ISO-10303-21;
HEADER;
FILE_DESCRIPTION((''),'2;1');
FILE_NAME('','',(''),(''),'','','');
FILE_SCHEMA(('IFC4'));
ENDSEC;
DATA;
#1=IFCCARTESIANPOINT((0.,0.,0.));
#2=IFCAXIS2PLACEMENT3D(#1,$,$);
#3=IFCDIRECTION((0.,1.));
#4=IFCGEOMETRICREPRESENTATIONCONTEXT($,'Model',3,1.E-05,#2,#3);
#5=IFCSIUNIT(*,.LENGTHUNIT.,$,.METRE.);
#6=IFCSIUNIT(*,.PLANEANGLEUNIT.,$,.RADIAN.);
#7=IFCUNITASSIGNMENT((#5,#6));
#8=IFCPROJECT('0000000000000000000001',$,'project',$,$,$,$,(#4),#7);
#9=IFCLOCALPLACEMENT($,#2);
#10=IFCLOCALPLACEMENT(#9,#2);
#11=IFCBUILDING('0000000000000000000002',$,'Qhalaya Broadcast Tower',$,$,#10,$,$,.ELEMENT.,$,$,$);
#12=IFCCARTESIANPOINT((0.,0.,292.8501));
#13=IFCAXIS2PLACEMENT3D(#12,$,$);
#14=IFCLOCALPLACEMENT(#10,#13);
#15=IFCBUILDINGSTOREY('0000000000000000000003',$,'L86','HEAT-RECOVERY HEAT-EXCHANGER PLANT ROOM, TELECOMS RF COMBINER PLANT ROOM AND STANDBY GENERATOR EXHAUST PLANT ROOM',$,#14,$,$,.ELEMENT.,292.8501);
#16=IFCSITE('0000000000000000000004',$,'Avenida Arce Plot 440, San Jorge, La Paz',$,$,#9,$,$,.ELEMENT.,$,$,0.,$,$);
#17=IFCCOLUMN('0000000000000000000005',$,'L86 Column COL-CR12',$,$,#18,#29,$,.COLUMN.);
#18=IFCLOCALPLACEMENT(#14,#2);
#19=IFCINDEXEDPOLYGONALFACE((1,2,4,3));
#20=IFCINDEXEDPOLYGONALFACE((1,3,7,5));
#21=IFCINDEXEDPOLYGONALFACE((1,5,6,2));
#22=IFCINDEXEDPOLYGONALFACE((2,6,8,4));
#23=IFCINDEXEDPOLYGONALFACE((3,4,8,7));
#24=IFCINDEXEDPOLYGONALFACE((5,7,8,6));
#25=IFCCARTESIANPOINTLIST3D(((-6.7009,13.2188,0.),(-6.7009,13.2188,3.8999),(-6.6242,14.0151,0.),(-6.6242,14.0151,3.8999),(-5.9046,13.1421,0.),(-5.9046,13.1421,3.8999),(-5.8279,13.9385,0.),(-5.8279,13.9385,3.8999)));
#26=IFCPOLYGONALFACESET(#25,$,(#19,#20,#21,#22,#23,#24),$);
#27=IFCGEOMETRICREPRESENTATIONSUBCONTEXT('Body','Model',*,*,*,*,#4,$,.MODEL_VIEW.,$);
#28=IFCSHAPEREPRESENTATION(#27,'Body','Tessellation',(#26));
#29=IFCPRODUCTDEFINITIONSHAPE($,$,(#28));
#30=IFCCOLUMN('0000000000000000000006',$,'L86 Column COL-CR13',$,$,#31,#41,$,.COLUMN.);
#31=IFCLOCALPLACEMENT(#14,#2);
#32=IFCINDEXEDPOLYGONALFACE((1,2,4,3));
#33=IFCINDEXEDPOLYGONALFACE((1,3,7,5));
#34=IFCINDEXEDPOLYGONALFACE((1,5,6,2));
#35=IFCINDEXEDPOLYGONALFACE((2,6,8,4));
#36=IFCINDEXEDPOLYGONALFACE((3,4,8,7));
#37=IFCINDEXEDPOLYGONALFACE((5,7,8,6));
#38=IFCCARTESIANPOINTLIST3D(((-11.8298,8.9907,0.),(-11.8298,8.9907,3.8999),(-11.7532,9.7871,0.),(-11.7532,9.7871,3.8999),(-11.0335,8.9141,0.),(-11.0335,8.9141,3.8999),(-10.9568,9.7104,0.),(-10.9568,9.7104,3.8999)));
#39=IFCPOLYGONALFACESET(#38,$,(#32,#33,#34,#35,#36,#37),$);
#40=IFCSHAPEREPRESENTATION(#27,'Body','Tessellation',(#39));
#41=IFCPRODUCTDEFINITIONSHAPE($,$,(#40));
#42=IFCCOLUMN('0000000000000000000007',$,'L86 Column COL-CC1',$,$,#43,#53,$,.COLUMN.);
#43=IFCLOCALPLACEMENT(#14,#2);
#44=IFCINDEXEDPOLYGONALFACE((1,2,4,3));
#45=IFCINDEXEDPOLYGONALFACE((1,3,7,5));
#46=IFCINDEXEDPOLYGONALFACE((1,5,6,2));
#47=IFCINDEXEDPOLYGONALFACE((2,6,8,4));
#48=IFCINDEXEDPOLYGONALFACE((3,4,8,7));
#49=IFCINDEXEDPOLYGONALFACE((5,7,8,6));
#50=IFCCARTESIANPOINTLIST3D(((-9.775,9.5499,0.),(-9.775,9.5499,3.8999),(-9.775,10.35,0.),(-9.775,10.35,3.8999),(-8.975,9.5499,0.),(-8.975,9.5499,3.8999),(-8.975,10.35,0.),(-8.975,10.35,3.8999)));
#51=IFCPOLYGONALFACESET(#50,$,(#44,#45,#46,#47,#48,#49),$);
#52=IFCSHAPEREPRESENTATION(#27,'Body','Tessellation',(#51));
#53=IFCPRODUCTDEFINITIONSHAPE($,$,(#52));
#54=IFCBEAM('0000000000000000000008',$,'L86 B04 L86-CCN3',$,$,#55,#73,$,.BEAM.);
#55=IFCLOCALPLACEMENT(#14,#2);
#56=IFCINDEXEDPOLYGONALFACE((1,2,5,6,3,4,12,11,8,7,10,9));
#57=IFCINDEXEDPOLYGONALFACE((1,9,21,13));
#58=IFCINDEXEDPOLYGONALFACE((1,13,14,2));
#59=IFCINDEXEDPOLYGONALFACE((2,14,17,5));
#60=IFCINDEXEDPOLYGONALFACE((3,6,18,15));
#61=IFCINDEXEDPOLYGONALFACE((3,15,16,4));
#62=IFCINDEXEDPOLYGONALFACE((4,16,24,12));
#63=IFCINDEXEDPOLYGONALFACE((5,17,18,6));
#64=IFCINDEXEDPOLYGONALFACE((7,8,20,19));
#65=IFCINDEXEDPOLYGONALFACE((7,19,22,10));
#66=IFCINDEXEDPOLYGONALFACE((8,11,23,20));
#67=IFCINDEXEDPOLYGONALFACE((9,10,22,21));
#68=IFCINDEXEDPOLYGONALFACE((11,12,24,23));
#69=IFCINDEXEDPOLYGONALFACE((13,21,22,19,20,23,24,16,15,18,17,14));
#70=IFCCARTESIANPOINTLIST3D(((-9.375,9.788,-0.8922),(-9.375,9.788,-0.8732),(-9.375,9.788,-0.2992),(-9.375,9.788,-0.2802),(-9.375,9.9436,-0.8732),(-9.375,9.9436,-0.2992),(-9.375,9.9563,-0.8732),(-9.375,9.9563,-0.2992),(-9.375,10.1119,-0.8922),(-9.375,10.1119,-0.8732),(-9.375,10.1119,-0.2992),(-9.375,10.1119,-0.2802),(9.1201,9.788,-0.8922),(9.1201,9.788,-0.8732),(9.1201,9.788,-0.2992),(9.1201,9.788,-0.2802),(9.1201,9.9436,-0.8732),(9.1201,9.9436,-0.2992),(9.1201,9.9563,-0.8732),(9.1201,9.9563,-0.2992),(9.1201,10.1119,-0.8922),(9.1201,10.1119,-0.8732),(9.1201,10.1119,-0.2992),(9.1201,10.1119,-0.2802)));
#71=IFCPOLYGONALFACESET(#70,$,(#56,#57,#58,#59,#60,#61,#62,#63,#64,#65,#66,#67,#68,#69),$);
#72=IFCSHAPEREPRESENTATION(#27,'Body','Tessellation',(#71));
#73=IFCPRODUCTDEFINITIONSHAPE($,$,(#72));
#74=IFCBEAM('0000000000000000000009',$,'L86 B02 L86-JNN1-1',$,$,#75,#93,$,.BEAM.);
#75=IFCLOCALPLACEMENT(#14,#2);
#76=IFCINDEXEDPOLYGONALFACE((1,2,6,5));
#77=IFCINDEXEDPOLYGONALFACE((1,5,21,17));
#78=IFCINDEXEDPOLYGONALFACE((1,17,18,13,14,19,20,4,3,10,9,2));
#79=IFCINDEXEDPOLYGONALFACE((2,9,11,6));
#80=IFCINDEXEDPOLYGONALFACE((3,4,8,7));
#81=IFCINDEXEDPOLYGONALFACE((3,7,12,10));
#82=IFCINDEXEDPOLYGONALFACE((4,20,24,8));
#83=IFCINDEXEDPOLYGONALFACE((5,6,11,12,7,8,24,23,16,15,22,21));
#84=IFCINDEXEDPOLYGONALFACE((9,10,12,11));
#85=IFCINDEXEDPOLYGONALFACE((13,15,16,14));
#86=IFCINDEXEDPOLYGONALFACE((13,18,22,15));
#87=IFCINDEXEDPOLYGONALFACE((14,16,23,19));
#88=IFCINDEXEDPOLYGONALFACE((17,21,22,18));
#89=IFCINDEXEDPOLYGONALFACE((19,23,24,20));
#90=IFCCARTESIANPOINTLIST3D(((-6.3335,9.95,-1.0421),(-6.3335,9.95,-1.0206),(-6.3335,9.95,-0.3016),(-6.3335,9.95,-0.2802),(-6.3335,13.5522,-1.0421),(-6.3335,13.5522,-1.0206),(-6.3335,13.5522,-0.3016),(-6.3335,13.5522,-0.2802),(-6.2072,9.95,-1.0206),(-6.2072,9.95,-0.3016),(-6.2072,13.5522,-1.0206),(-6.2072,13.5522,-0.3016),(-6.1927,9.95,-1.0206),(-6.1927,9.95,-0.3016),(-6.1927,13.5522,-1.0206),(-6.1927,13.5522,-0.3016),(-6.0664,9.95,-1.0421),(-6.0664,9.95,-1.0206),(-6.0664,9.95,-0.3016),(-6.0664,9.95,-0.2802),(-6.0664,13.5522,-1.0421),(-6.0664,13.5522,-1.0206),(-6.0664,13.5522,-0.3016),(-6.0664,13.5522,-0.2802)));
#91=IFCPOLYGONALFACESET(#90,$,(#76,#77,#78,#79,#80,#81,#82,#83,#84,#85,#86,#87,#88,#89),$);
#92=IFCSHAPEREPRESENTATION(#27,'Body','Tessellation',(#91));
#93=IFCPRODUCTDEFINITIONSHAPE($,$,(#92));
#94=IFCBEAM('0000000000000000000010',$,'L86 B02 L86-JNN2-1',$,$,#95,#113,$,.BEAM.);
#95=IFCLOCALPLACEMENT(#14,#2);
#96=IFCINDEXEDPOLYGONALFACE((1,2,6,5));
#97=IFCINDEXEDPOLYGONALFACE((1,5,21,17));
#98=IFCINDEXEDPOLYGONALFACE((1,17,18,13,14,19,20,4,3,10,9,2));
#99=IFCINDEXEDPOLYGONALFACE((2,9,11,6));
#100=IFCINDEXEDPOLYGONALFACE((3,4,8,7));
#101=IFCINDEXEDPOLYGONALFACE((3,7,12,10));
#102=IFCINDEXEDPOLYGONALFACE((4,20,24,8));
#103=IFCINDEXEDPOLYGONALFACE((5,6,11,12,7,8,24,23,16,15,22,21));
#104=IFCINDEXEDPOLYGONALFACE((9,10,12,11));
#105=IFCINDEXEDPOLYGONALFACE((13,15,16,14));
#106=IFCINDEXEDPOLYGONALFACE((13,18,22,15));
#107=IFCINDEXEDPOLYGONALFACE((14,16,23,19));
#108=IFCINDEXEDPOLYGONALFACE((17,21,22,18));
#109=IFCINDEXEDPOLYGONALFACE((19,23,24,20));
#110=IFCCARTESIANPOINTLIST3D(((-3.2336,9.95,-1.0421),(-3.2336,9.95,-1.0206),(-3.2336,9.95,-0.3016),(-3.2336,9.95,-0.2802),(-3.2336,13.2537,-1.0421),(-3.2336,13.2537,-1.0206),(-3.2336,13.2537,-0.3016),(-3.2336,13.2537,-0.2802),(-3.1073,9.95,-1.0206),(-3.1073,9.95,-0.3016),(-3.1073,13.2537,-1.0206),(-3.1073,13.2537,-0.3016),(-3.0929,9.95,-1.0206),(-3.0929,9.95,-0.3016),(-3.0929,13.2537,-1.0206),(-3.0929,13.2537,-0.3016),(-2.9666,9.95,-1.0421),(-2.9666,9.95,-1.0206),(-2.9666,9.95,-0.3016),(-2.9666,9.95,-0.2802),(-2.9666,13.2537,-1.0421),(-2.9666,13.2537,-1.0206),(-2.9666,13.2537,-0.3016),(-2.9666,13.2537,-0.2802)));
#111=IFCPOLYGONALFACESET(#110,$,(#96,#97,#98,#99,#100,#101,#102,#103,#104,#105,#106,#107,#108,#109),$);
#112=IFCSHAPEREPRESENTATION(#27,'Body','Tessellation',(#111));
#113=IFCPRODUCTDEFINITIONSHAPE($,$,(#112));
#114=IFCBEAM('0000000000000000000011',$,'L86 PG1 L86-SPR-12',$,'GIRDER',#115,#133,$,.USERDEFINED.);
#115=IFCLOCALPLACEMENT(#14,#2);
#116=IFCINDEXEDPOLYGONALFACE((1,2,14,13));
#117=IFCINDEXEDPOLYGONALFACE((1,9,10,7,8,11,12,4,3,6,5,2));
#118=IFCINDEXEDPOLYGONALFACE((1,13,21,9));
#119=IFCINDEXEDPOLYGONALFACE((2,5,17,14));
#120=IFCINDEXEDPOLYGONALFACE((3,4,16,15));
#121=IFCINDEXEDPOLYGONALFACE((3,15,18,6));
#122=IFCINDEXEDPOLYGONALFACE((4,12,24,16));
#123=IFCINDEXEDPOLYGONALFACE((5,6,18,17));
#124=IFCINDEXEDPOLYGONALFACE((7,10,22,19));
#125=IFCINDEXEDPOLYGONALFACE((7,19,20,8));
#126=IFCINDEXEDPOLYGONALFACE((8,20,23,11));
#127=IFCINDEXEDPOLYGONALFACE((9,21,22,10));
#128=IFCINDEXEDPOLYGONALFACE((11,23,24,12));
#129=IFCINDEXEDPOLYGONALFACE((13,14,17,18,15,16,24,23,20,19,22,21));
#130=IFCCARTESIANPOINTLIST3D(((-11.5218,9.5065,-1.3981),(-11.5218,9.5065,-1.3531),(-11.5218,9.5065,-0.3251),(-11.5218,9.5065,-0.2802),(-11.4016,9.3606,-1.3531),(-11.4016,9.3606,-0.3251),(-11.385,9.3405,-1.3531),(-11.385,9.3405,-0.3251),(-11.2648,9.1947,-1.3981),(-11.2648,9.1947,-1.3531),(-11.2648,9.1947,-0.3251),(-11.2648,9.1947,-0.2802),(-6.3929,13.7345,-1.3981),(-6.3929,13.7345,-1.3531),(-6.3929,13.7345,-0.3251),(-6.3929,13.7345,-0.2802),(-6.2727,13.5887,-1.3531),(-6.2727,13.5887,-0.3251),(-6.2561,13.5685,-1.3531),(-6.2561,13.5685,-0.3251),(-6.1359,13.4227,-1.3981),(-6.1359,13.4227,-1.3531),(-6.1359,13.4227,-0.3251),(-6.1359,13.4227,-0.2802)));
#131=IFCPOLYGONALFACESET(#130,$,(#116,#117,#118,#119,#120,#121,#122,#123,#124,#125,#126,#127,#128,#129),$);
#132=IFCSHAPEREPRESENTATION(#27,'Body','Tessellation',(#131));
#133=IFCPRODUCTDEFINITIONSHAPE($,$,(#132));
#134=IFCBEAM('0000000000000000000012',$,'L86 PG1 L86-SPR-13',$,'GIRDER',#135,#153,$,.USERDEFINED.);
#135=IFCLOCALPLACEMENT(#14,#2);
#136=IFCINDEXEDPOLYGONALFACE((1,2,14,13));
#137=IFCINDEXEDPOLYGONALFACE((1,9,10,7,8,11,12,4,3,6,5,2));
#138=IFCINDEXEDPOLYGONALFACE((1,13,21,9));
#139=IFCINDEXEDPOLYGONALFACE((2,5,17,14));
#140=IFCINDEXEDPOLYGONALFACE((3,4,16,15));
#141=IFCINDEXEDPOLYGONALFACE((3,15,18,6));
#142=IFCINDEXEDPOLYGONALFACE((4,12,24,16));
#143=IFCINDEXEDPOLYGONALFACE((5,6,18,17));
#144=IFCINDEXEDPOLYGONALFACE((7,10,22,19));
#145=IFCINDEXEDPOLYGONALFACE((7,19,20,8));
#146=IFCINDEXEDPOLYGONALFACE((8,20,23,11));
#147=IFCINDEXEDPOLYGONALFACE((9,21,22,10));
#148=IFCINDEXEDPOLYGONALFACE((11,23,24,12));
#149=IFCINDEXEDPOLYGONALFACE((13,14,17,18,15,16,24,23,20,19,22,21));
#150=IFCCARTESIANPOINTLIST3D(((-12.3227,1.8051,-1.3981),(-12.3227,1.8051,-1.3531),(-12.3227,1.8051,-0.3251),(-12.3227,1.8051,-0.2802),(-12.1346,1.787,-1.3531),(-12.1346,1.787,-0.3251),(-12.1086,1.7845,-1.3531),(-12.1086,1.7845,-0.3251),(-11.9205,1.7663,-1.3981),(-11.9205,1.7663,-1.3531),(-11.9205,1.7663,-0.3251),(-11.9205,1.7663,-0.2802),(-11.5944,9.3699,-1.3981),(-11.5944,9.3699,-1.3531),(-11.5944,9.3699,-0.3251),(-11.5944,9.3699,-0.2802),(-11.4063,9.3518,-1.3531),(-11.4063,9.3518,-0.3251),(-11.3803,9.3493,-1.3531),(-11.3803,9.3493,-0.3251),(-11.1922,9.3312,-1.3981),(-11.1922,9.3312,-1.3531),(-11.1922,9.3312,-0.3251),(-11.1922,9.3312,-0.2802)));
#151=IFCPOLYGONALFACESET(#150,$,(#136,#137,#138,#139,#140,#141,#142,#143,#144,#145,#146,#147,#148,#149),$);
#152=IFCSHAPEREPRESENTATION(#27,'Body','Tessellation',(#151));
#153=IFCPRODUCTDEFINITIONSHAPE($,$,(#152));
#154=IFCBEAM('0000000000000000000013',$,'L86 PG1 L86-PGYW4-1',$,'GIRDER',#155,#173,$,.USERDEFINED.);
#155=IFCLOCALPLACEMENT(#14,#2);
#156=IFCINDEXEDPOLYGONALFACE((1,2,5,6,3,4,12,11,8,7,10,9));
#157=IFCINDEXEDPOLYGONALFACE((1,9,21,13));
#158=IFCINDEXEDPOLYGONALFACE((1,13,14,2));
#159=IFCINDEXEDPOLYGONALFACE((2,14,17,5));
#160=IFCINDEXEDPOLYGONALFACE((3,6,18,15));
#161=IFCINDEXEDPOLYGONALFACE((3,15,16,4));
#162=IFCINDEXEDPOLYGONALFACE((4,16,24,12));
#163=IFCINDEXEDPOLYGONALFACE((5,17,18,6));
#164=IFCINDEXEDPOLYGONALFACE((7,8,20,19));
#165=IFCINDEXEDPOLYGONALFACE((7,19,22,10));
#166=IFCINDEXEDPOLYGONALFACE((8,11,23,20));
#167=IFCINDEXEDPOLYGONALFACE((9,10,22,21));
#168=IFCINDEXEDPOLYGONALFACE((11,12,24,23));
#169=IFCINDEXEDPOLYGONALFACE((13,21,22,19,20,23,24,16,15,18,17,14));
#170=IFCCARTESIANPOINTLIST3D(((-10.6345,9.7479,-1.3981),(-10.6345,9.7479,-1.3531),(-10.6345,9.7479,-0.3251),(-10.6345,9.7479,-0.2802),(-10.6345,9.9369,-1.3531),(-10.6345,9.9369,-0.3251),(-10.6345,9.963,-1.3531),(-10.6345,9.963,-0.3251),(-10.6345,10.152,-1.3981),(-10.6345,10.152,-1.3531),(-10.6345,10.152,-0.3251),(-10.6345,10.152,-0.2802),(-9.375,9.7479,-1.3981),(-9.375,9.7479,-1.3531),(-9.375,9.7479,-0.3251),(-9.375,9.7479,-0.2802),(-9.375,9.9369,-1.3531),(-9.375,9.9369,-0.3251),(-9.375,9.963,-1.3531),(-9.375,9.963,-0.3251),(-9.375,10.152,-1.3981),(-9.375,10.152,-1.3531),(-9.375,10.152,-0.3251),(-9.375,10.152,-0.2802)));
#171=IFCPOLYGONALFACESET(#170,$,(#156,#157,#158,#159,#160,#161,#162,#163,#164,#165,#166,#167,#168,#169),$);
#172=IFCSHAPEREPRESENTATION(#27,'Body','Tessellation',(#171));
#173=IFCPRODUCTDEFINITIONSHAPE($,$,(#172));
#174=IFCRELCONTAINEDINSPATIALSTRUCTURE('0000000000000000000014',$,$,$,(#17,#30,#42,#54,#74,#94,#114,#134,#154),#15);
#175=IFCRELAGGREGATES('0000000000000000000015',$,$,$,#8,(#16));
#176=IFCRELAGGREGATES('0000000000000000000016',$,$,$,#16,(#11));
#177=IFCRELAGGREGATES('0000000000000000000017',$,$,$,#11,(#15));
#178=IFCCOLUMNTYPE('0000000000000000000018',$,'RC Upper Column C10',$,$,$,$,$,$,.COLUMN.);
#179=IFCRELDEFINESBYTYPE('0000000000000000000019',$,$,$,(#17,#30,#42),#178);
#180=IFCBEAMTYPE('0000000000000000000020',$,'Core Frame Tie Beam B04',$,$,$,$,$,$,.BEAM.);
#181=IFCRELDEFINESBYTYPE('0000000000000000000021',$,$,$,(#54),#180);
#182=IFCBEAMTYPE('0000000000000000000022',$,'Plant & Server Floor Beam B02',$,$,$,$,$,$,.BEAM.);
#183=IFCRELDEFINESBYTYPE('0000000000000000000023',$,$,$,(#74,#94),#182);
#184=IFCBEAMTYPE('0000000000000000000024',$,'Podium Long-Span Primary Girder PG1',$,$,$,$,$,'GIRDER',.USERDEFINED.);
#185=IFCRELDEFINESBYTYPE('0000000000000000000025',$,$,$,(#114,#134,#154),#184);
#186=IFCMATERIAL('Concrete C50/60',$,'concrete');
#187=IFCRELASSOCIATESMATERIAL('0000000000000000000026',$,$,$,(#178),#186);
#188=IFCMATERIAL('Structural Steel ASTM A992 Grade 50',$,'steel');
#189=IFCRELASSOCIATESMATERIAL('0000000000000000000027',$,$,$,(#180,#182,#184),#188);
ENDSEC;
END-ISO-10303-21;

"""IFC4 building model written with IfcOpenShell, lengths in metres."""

from ifc_helpers import new_model, si_unit, direction, frame, origin, origin_2d, place, context, subcontext, project, spatial, rectangle, i_section, extrude, material, material_profile, profile_set, type_object, element, save


model = new_model("IFC4")

# Units and contexts
model_context = context("Model", 3, precision=1e-05, world=origin(), true_north=direction((0.0, 1.0)))
body_context = subcontext(model_context, "Body", "Model", "MODEL_VIEW")
ifc_project = project(units=[si_unit("LENGTHUNIT", "METRE"), si_unit("PLANEANGLEUNIT", "RADIAN")], contexts=[model_context])

# Site, building, storey
site_placement = place(None, origin())
site = spatial("IfcSite", under=ifc_project, at=site_placement, Name="Avenida Arce Plot 440, San Jorge, La Paz", CompositionType="ELEMENT", RefElevation=0.0)
building_placement = place(site_placement, origin())
building = spatial("IfcBuilding", under=site, at=building_placement, Name="Qhalaya Broadcast Tower", CompositionType="ELEMENT")
storey_placement = place(building_placement, frame((0.0, 0.0, 292.8501)))
storey = spatial("IfcBuildingStorey", under=building, at=storey_placement, Name="L86", Description="HEAT-RECOVERY HEAT-EXCHANGER PLANT ROOM, TELECOMS RF COMBINER PLANT ROOM AND STANDBY GENERATOR EXHAUST PLANT ROOM", CompositionType="ELEMENT", Elevation=292.8501)

# Columns
ifc_material_1 = material(Name="Concrete C50/60", Category="concrete")
ifc_material_profile_1 = material_profile(ifc_material_1, rectangle(XDim=0.8, YDim=0.8, at=origin_2d()), Name="RC-COL 800x800")
ifc_profile_set_1 = profile_set([ifc_material_profile_1], Name="Concrete C50/60")
column_type = type_object("IfcColumnType", Name="RC Upper Column C10", PredefinedType="COLUMN", material=ifc_profile_set_1)
for number, where, z_axis, x_axis, name in (
    (1, (-6.2644, 13.5786, 0.0), (0.0, 0.0, 1.0), (0.995396, -0.095846, 0.0), "L86 Column COL-CR12"),
    (2, (-11.3933, 9.3506, 0.0), (0.0, 0.0, 1.0), (0.095846, 0.995396, 0.0), "L86 Column COL-CR13"),
    (3, (-9.375, 9.95, 0.0), (0.0, 0.0, 1.0), (1.0, 0.0, 0.0), "L86 Column COL-CC1"),
):
    element("IfcColumn", number, at=place(storey_placement, frame(where, z_axis=z_axis, x_axis=x_axis)), inside=storey, type_object=column_type, Name=name, PredefinedType="COLUMN", context=body_context, shape_type="SweptSolid", body=[
        extrude(rectangle(XDim=0.8, YDim=0.8, at=origin_2d()), origin(), (0.0, 0.0, 1.0), 3.8999),
    ])

# Beams
ifc_material_2 = material(Name="Structural Steel ASTM A992 Grade 50", Category="steel")
ifc_material_profile_2 = material_profile(ifc_material_2, i_section(OverallWidth=0.324, OverallDepth=0.6121, WebThickness=0.0127, FlangeThickness=0.019, at=origin_2d()), Name="W24X104")
ifc_profile_set_2 = profile_set([ifc_material_profile_2], Name="Structural Steel ASTM A992 Grade 50")
beam_type_1 = type_object("IfcBeamType", Name="Core Frame Tie Beam B04", PredefinedType="BEAM", material=ifc_profile_set_2)
beam_1_placement = place(storey_placement, frame((-9.375, 9.95, -0.5862), z_axis=(1.0, 0.0, 0.0), x_axis=(0.0, 1.0, 0.0)))
element("IfcBeam", 4, at=beam_1_placement, inside=storey, type_object=beam_type_1, Name="L86 B04 L86-CCN3", PredefinedType="BEAM", context=body_context, shape_type="SweptSolid", body=[
    extrude(i_section(OverallWidth=0.324, OverallDepth=0.6121, WebThickness=0.0127, FlangeThickness=0.019, at=origin_2d()), origin(), (0.0, 0.0, 1.0), 18.4951),
])
ifc_material_profile_3 = material_profile(ifc_material_2, i_section(OverallWidth=0.2671, OverallDepth=0.762, WebThickness=0.0144, FlangeThickness=0.0215, at=origin_2d()), Name="W30X116")
ifc_profile_set_3 = profile_set([ifc_material_profile_3], Name="Structural Steel ASTM A992 Grade 50")
beam_type_2 = type_object("IfcBeamType", Name="Plant & Server Floor Beam B02", PredefinedType="BEAM", material=ifc_profile_set_3)
beam_2_placement = place(storey_placement, frame((-6.2, 9.95, -0.6611), z_axis=(0.0, 1.0, 0.0), x_axis=(-1.0, 0.0, 0.0)))
element("IfcBeam", 5, at=beam_2_placement, inside=storey, type_object=beam_type_2, Name="L86 B02 L86-JNN1-1", PredefinedType="BEAM", context=body_context, shape_type="SweptSolid", body=[
    extrude(i_section(OverallWidth=0.2671, OverallDepth=0.762, WebThickness=0.0144, FlangeThickness=0.0215, at=origin_2d()), origin(), (0.0, 0.0, 1.0), 3.6023),
])
beam_3_placement = place(storey_placement, frame((-3.1001, 9.95, -0.6611), z_axis=(0.0, 1.0, 0.0), x_axis=(-1.0, 0.0, 0.0)))
element("IfcBeam", 6, at=beam_3_placement, inside=storey, type_object=beam_type_2, Name="L86 B02 L86-JNN2-1", PredefinedType="BEAM", context=body_context, shape_type="SweptSolid", body=[
    extrude(i_section(OverallWidth=0.2671, OverallDepth=0.762, WebThickness=0.0144, FlangeThickness=0.0215, at=origin_2d()), origin(), (0.0, 0.0, 1.0), 3.3037),
])
ifc_material_profile_4 = material_profile(ifc_material_2, i_section(OverallWidth=0.4041, OverallDepth=1.1179, WebThickness=0.0261, FlangeThickness=0.0449, at=origin_2d()), Name="W44X335")
ifc_profile_set_4 = profile_set([ifc_material_profile_4], Name="Structural Steel ASTM A992 Grade 50")
beam_type_3 = type_object("IfcBeamType", Name="Podium Long-Span Primary Girder PG1", ElementType="GIRDER", PredefinedType="USERDEFINED", material=ifc_profile_set_4)
beam_4_placement = place(storey_placement, frame((-6.2644, 13.5786, -0.8391), z_axis=(-0.771618, -0.636086, 0.0), x_axis=(0.636086, -0.771618, 0.0)))
element("IfcBeam", 7, at=beam_4_placement, inside=storey, type_object=beam_type_3, Name="L86 PG1 L86-SPR-12", ObjectType="GIRDER", PredefinedType="USERDEFINED", context=body_context, shape_type="SweptSolid", body=[
    extrude(i_section(OverallWidth=0.4041, OverallDepth=1.1179, WebThickness=0.0261, FlangeThickness=0.0449, at=origin_2d()), origin(), (0.0, 0.0, 1.0), 6.647),
])
beam_5_placement = place(storey_placement, frame((-11.3933, 9.3506, -0.8391), z_axis=(-0.095826, -0.995398, 0.0), x_axis=(0.995398, -0.095826, 0.0)))
element("IfcBeam", 8, at=beam_5_placement, inside=storey, type_object=beam_type_3, Name="L86 PG1 L86-SPR-13", ObjectType="GIRDER", PredefinedType="USERDEFINED", context=body_context, shape_type="SweptSolid", body=[
    extrude(i_section(OverallWidth=0.4041, OverallDepth=1.1179, WebThickness=0.0261, FlangeThickness=0.0449, at=origin_2d()), origin(), (0.0, 0.0, 1.0), 7.5999),
])
beam_6_placement = place(storey_placement, frame((-10.6345, 9.95, -0.8391), z_axis=(1.0, 0.0, 0.0), x_axis=(0.0, 1.0, 0.0)))
element("IfcBeam", 9, at=beam_6_placement, inside=storey, type_object=beam_type_3, Name="L86 PG1 L86-PGYW4-1", ObjectType="GIRDER", PredefinedType="USERDEFINED", context=body_context, shape_type="SweptSolid", body=[
    extrude(i_section(OverallWidth=0.4041, OverallDepth=1.1179, WebThickness=0.0261, FlangeThickness=0.0449, at=origin_2d()), origin(), (0.0, 0.0, 1.0), 1.2595),
])

save(model, "model.ifc")
